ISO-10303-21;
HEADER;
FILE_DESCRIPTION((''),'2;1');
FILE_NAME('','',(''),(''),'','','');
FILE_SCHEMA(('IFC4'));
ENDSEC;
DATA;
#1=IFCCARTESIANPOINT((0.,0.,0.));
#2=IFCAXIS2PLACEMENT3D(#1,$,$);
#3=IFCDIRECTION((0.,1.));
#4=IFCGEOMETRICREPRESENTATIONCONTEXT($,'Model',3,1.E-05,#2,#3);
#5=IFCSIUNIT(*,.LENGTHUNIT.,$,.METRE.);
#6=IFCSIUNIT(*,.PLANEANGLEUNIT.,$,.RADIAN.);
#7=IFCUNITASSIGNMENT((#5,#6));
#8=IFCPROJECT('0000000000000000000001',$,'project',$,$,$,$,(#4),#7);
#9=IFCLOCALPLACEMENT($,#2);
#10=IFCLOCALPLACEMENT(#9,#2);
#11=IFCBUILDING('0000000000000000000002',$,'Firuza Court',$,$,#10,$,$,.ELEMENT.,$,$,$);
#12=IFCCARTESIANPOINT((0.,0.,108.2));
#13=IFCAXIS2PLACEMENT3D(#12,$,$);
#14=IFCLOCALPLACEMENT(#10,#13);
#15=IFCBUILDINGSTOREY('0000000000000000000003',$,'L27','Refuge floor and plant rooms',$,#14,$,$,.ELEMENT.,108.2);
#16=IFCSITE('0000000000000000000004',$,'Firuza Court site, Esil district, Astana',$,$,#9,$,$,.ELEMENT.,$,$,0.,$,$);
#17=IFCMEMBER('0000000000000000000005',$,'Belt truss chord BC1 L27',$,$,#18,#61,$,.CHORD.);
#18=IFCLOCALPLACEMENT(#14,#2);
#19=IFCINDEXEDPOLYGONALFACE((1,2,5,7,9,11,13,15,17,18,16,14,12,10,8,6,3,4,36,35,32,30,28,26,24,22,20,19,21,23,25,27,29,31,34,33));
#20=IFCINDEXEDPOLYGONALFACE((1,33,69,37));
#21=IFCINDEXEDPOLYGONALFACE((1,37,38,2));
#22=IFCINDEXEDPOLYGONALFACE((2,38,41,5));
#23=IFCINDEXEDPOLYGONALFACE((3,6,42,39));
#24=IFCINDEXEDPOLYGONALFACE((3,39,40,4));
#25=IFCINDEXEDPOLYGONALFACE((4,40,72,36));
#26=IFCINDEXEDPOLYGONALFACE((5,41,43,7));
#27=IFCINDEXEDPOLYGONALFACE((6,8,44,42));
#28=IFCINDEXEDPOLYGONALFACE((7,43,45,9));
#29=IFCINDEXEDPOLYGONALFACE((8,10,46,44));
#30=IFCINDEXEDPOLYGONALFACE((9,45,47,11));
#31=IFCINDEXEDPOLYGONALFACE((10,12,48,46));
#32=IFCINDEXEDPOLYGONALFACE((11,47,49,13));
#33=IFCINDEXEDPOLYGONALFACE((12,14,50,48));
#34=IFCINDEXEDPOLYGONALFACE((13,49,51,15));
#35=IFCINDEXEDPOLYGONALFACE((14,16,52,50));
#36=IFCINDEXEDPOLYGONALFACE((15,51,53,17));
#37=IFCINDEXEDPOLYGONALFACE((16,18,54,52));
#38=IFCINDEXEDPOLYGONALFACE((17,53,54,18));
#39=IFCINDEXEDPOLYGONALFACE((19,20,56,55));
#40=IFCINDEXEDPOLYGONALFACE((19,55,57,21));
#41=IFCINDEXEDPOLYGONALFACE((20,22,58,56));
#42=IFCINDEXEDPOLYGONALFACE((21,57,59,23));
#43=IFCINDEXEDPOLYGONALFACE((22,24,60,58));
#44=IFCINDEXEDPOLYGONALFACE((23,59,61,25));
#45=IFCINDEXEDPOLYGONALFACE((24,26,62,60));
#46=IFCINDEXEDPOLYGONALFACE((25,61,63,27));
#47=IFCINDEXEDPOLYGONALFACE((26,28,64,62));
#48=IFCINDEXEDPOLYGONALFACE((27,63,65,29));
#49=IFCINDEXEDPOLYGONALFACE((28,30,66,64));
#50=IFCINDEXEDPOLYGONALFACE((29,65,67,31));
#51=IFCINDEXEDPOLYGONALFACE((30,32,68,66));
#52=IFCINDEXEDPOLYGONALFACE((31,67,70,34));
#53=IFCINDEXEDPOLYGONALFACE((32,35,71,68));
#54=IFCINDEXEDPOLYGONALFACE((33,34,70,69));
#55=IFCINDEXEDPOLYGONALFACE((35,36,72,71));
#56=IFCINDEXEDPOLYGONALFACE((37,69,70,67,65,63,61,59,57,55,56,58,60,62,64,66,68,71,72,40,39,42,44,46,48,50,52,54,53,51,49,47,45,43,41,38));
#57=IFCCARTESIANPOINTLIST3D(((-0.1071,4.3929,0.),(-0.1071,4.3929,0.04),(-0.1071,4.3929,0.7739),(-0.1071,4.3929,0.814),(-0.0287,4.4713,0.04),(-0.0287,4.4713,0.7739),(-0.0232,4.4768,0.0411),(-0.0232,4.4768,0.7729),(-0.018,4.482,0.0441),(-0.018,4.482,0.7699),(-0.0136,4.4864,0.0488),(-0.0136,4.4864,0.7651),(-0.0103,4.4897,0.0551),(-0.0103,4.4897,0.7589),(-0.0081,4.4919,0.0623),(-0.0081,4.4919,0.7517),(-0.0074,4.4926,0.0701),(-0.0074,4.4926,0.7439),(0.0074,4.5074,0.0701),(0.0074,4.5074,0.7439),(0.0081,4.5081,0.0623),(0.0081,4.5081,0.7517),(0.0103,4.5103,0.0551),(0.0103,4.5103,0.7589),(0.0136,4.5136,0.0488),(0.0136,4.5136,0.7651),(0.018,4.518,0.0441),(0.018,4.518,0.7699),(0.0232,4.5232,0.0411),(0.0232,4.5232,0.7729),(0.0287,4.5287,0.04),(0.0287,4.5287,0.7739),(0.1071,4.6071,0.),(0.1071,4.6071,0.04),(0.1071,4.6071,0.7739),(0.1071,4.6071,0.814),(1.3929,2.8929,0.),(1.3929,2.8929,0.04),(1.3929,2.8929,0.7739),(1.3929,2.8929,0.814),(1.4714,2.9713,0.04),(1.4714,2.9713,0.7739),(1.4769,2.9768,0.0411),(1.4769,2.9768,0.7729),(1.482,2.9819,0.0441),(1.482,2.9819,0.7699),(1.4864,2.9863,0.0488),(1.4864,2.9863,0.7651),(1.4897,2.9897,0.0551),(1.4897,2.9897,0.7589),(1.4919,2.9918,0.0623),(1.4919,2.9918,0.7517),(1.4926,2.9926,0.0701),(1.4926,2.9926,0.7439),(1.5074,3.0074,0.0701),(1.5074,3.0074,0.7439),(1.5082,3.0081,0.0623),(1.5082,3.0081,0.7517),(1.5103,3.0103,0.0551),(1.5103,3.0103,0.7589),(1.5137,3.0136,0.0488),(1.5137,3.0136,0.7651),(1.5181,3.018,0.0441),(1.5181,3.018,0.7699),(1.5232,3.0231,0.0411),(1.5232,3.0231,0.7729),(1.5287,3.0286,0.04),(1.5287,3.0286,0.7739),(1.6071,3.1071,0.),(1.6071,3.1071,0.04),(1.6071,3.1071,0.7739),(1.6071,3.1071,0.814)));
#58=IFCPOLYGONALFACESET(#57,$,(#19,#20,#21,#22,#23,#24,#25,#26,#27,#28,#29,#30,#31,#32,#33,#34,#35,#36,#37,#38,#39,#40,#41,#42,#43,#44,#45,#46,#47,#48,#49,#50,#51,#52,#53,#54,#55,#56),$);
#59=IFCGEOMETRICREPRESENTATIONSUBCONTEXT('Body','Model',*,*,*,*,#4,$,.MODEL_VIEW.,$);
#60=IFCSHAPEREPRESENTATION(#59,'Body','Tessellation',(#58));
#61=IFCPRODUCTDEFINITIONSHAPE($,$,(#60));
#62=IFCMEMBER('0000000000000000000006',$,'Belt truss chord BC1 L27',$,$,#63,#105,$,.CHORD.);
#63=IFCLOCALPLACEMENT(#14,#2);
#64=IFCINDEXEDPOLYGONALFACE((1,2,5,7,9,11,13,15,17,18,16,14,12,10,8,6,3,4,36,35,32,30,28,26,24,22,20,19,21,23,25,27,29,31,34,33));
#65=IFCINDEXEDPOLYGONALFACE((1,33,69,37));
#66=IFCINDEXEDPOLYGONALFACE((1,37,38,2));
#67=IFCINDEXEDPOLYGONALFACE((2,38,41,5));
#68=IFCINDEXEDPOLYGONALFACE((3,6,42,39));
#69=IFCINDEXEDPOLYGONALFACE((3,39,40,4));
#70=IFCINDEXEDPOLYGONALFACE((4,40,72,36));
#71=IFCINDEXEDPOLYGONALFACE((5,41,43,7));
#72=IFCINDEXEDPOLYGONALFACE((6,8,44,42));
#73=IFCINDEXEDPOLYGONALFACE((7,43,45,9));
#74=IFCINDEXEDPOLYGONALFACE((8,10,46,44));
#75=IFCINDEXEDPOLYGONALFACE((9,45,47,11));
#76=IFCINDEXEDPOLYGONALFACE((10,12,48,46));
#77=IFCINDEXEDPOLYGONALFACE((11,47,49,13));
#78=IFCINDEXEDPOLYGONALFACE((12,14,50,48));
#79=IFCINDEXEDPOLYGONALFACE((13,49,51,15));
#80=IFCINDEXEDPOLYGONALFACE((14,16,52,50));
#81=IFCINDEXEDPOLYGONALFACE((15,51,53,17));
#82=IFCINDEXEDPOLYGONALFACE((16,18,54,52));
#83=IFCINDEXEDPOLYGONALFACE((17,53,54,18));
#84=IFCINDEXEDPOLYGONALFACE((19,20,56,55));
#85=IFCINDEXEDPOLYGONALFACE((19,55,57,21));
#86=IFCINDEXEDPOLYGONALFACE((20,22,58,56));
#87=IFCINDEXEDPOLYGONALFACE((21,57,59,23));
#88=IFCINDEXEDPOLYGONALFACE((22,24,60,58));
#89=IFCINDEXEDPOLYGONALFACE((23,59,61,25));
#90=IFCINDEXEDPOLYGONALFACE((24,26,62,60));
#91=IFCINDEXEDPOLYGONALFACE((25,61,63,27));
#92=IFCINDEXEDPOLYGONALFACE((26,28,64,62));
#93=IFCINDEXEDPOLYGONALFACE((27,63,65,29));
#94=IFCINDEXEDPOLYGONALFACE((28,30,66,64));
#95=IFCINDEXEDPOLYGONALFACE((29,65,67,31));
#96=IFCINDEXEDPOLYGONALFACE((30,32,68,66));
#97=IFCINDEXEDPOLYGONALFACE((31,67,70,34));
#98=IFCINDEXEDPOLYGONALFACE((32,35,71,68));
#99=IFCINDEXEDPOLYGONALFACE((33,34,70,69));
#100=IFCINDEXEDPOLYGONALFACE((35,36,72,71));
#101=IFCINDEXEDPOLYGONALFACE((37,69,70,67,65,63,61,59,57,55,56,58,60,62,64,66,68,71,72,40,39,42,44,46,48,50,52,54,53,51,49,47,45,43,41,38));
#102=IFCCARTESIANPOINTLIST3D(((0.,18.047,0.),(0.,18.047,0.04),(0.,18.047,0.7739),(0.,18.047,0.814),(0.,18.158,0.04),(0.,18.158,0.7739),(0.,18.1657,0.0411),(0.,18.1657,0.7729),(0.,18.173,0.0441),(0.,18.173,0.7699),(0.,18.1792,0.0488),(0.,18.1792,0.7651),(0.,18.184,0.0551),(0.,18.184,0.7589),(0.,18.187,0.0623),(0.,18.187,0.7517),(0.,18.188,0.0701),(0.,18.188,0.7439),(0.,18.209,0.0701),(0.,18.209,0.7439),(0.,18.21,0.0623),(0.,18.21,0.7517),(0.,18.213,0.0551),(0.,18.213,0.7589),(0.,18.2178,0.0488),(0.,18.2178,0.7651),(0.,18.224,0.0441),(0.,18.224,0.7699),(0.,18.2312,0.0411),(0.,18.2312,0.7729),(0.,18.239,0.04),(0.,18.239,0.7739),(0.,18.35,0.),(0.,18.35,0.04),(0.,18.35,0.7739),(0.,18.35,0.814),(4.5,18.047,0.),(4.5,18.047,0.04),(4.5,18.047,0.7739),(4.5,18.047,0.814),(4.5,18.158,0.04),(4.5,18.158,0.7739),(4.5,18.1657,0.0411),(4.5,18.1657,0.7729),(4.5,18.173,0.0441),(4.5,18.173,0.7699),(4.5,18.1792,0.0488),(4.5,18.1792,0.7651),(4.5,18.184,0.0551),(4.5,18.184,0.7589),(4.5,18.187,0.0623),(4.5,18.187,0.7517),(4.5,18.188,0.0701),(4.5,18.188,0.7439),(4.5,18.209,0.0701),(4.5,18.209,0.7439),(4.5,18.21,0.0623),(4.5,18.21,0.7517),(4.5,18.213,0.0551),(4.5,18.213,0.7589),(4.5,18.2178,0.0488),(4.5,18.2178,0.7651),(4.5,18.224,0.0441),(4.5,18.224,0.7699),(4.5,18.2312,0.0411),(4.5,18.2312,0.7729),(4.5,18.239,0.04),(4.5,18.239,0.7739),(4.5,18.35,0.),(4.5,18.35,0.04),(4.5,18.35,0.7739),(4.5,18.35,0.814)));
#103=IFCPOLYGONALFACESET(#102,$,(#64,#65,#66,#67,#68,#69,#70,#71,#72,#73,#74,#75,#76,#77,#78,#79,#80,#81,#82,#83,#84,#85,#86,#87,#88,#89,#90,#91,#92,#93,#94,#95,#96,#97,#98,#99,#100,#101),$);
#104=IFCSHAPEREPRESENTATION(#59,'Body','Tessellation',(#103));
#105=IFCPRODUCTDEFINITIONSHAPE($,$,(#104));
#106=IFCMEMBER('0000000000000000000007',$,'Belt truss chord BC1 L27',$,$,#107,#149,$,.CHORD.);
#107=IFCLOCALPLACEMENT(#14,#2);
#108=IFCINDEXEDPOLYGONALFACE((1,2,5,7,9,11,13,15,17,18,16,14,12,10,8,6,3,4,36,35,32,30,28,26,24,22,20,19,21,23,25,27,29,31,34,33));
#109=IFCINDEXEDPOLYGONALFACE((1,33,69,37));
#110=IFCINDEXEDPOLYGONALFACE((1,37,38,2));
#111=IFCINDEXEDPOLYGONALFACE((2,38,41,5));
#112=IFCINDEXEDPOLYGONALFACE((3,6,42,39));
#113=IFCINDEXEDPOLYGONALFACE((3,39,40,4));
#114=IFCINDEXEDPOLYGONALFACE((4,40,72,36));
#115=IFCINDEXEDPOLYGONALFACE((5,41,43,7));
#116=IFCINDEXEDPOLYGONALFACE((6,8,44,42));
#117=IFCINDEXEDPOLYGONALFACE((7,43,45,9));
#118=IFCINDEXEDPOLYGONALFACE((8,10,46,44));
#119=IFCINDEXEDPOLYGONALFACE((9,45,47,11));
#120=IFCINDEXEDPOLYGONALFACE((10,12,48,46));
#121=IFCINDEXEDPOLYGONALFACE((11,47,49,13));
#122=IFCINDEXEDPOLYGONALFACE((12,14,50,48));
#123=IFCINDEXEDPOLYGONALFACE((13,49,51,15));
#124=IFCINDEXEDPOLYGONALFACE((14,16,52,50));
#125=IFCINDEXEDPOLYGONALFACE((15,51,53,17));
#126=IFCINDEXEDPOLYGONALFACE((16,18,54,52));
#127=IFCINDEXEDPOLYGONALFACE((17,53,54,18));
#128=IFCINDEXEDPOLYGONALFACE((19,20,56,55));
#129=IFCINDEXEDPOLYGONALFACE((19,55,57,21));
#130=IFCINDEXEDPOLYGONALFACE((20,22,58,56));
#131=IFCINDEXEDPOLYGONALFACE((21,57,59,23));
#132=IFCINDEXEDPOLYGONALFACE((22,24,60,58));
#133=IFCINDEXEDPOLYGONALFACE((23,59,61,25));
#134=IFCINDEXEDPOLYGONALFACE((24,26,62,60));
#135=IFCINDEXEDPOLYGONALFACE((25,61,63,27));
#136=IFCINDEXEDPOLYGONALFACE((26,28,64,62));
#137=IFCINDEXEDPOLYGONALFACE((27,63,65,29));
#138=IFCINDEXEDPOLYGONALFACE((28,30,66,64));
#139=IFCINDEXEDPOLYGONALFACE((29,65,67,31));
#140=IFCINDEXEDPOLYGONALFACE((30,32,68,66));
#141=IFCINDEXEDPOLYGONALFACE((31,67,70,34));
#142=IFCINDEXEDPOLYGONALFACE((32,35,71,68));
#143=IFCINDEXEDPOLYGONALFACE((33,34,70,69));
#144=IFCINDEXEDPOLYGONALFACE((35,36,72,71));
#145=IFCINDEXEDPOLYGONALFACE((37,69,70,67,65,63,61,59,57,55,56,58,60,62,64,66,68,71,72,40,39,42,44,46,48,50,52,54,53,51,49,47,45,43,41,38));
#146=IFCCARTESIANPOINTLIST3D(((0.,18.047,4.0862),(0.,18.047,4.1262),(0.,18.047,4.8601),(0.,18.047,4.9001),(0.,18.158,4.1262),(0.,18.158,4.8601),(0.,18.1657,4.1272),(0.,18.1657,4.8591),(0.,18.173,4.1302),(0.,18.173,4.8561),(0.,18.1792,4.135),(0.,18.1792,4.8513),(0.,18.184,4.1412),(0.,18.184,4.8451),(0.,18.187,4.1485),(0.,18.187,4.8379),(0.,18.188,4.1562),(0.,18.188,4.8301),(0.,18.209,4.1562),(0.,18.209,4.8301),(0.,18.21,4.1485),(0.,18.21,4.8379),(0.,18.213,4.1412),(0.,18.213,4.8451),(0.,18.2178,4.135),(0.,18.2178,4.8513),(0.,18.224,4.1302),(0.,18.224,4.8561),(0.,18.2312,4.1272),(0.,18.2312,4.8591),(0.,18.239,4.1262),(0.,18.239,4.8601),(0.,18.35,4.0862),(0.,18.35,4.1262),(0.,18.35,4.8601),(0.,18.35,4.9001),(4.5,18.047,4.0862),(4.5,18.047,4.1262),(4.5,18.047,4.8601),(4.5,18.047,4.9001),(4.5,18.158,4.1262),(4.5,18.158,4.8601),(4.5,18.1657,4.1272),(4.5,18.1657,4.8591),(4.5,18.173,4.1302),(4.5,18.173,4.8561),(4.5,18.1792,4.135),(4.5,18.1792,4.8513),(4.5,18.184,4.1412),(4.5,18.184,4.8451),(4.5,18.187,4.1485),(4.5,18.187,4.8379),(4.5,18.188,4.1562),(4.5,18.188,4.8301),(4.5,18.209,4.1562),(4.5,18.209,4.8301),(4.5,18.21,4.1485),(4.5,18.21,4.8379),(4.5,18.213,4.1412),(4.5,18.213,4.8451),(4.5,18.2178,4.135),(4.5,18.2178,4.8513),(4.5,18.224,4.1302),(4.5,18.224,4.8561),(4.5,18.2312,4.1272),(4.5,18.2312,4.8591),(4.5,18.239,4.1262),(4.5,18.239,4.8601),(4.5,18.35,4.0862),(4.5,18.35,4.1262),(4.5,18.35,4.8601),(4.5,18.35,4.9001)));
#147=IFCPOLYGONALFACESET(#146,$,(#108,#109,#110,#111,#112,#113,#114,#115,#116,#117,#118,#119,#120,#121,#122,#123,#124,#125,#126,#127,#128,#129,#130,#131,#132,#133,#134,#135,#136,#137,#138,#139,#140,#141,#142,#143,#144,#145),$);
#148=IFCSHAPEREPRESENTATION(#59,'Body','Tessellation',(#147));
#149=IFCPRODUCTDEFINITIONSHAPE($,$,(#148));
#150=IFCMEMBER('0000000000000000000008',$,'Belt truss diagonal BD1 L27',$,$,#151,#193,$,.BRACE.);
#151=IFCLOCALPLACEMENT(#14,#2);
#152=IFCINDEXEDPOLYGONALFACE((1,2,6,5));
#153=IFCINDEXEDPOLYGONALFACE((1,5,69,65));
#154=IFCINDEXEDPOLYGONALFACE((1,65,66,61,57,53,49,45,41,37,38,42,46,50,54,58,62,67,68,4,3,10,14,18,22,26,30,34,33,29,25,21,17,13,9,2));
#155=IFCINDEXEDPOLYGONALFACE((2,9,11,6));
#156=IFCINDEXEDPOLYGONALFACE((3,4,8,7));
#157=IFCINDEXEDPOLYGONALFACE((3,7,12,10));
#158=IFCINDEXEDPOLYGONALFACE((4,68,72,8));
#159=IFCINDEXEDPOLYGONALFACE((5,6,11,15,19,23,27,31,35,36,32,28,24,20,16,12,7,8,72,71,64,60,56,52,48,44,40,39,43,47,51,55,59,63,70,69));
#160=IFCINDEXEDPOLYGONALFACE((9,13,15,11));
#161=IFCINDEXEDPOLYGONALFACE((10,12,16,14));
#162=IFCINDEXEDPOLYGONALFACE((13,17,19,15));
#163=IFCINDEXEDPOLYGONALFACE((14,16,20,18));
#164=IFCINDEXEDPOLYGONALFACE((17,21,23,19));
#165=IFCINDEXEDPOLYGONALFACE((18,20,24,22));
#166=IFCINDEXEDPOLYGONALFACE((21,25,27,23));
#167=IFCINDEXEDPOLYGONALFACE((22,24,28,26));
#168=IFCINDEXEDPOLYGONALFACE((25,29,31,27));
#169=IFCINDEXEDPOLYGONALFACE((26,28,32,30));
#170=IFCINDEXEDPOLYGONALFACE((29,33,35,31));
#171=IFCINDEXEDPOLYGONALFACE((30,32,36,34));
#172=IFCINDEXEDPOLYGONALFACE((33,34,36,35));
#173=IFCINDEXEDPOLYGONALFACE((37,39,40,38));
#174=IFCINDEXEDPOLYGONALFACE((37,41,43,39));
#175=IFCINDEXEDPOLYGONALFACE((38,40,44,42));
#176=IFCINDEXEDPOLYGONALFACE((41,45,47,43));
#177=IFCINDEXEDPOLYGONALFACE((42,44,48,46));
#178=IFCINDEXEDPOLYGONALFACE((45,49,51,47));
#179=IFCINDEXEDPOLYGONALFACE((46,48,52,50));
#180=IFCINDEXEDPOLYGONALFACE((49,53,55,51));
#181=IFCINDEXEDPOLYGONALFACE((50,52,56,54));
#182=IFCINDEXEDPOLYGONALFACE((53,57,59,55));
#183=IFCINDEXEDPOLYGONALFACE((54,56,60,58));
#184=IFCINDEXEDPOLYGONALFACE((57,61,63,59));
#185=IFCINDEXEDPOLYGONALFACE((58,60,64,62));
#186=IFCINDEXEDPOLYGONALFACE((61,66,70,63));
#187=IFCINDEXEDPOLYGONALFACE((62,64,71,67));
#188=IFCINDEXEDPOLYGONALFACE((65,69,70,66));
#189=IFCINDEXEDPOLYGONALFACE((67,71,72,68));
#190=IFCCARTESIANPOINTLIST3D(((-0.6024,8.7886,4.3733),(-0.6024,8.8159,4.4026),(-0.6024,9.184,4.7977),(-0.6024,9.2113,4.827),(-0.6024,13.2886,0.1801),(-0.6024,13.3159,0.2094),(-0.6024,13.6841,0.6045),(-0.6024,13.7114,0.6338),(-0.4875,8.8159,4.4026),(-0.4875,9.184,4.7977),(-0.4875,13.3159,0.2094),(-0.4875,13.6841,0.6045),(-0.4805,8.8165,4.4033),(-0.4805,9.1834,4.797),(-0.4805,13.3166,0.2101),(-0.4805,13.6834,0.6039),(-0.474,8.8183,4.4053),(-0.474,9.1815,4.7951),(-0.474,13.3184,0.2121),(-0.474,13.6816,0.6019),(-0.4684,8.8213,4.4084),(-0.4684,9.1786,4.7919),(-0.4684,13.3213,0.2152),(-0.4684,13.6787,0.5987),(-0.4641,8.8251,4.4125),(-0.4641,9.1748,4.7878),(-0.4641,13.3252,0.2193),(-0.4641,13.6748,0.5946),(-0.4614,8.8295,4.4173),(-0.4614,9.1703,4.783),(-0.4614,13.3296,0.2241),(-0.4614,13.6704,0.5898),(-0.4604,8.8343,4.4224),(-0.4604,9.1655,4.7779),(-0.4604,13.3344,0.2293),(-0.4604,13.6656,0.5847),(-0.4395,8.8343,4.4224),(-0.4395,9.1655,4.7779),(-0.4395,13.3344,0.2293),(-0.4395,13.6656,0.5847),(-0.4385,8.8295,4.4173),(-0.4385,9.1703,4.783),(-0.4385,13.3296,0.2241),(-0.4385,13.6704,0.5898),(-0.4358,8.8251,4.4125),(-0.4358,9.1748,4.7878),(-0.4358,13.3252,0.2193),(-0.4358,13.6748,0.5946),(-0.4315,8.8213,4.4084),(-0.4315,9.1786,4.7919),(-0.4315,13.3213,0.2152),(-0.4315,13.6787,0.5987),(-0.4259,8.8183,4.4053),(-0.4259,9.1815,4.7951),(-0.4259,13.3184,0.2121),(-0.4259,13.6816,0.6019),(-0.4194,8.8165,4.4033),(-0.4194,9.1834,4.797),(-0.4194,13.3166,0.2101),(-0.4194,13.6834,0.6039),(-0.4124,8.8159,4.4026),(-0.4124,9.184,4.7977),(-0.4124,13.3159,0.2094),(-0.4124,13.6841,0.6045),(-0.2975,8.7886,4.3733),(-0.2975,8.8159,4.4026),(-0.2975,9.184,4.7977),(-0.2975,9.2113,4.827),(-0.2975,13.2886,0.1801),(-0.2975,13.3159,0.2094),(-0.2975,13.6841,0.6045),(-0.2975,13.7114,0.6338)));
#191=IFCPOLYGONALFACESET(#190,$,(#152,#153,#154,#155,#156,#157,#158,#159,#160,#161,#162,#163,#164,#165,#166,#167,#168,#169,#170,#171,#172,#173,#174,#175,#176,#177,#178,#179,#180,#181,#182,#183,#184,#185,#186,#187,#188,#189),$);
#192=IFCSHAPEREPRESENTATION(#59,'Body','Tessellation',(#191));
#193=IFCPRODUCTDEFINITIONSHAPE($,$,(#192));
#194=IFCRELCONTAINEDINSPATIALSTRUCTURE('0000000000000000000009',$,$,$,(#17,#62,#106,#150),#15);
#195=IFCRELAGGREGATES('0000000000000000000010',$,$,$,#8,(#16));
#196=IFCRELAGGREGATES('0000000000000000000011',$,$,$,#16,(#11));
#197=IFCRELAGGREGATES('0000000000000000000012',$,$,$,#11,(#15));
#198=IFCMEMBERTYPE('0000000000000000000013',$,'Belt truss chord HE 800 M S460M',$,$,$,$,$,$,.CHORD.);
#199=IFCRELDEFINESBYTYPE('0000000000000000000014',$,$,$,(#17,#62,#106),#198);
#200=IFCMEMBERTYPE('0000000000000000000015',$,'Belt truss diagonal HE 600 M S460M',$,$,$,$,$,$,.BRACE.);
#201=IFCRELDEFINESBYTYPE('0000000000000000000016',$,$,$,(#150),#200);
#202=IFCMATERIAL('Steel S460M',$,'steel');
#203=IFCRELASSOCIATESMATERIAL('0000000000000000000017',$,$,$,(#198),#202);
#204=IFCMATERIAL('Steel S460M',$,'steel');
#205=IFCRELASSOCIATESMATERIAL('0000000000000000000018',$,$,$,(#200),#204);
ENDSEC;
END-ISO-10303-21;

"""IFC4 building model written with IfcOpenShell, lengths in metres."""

from ifc_helpers import new_model, si_unit, direction, frame, origin, origin_2d, place, context, subcontext, project, spatial, i_section, extrude, material, material_profile, profile_set, type_object, element, save


model = new_model("IFC4")

# Units and contexts
model_context = context("Model", 3, precision=1e-05, world=origin(), true_north=direction((0.0, 1.0)))
body_context = subcontext(model_context, "Body", "Model", "MODEL_VIEW")
ifc_project = project(units=[si_unit("LENGTHUNIT", "METRE"), si_unit("PLANEANGLEUNIT", "RADIAN")], contexts=[model_context])

# Site, building, storey
site_placement = place(None, origin())
site = spatial("IfcSite", under=ifc_project, at=site_placement, Name="Firuza Court site, Esil district, Astana", CompositionType="ELEMENT", RefElevation=0.0)
building_placement = place(site_placement, origin())
building = spatial("IfcBuilding", under=site, at=building_placement, Name="Firuza Court", CompositionType="ELEMENT")
storey_placement = place(building_placement, frame((0.0, 0.0, 108.2)))
storey = spatial("IfcBuildingStorey", under=building, at=storey_placement, Name="L27", Description="Refuge floor and plant rooms", CompositionType="ELEMENT", Elevation=108.2)

# Members
ifc_material_1 = material(Name="Steel S460M", Category="steel")
ifc_material_profile_1 = material_profile(ifc_material_1, i_section(OverallWidth=0.303, OverallDepth=0.814, WebThickness=0.021, FlangeThickness=0.04, FilletRadius=0.03, at=origin_2d()), Name="HE 800 M")
ifc_profile_set_1 = profile_set([ifc_material_profile_1], Name="Steel S460M")
member_type_1 = type_object("IfcMemberType", Name="Belt truss chord HE 800 M S460M", PredefinedType="CHORD", material=ifc_profile_set_1)
member_1_placement = place(storey_placement, frame((0.0, 4.5, 0.407), z_axis=(0.707107, -0.707107, 0.0), x_axis=(0.707107, 0.707107, 0.0)))
element("IfcMember", 1, at=member_1_placement, inside=storey, type_object=member_type_1, Name="Belt truss chord BC1 L27", PredefinedType="CHORD", context=body_context, shape_type="SweptSolid", body=[
    extrude(i_section(OverallWidth=0.303, OverallDepth=0.814, WebThickness=0.021, FlangeThickness=0.04, FilletRadius=0.03, at=origin_2d()), origin(), (0.0, 0.0, 1.0), 2.1213),
])
for number, where, z_axis, x_axis, name in (
    (2, (0.0, 18.1985, 0.407), (1.0, 0.0, 0.0), (0.0, 1.0, 0.0), "Belt truss chord BC1 L27"),
    (3, (0.0, 18.1985, 4.4932), (1.0, 0.0, 0.0), (0.0, 1.0, 0.0), "Belt truss chord BC1 L27"),
):
    element("IfcMember", number, at=place(storey_placement, frame(where, z_axis=z_axis, x_axis=x_axis)), inside=storey, type_object=member_type_1, Name=name, PredefinedType="CHORD", context=body_context, shape_type="SweptSolid", body=[
        extrude(i_section(OverallWidth=0.303, OverallDepth=0.814, WebThickness=0.021, FlangeThickness=0.04, FilletRadius=0.03, at=origin_2d()), origin(), (0.0, 0.0, 1.0), 4.5),
    ])
ifc_material_2 = material(Name="Steel S460M", Category="steel")
ifc_material_profile_2 = material_profile(ifc_material_2, i_section(OverallWidth=0.3049, OverallDepth=0.6201, WebThickness=0.021, FlangeThickness=0.04, FilletRadius=0.0271, at=origin_2d()), Name="HE 600 M")
ifc_profile_set_2 = profile_set([ifc_material_profile_2], Name="Steel S460M")
member_type_2 = type_object("IfcMemberType", Name="Belt truss diagonal HE 600 M S460M", PredefinedType="BRACE", material=ifc_profile_set_2)
member_2_placement = place(storey_placement, frame((-0.45, 13.5, 0.407), z_axis=(0.0, -0.731613, 0.68172), x_axis=(1.0, 0.0, 0.0)))
element("IfcMember", 4, at=member_2_placement, inside=storey, type_object=member_type_2, Name="Belt truss diagonal BD1 L27", PredefinedType="BRACE", context=body_context, shape_type="SweptSolid", body=[
    extrude(i_section(OverallWidth=0.3049, OverallDepth=0.6201, WebThickness=0.021, FlangeThickness=0.04, FilletRadius=0.0271, at=origin_2d()), origin(), (0.0, 0.0, 1.0), 6.1509),
])

save(model, "model.ifc")
